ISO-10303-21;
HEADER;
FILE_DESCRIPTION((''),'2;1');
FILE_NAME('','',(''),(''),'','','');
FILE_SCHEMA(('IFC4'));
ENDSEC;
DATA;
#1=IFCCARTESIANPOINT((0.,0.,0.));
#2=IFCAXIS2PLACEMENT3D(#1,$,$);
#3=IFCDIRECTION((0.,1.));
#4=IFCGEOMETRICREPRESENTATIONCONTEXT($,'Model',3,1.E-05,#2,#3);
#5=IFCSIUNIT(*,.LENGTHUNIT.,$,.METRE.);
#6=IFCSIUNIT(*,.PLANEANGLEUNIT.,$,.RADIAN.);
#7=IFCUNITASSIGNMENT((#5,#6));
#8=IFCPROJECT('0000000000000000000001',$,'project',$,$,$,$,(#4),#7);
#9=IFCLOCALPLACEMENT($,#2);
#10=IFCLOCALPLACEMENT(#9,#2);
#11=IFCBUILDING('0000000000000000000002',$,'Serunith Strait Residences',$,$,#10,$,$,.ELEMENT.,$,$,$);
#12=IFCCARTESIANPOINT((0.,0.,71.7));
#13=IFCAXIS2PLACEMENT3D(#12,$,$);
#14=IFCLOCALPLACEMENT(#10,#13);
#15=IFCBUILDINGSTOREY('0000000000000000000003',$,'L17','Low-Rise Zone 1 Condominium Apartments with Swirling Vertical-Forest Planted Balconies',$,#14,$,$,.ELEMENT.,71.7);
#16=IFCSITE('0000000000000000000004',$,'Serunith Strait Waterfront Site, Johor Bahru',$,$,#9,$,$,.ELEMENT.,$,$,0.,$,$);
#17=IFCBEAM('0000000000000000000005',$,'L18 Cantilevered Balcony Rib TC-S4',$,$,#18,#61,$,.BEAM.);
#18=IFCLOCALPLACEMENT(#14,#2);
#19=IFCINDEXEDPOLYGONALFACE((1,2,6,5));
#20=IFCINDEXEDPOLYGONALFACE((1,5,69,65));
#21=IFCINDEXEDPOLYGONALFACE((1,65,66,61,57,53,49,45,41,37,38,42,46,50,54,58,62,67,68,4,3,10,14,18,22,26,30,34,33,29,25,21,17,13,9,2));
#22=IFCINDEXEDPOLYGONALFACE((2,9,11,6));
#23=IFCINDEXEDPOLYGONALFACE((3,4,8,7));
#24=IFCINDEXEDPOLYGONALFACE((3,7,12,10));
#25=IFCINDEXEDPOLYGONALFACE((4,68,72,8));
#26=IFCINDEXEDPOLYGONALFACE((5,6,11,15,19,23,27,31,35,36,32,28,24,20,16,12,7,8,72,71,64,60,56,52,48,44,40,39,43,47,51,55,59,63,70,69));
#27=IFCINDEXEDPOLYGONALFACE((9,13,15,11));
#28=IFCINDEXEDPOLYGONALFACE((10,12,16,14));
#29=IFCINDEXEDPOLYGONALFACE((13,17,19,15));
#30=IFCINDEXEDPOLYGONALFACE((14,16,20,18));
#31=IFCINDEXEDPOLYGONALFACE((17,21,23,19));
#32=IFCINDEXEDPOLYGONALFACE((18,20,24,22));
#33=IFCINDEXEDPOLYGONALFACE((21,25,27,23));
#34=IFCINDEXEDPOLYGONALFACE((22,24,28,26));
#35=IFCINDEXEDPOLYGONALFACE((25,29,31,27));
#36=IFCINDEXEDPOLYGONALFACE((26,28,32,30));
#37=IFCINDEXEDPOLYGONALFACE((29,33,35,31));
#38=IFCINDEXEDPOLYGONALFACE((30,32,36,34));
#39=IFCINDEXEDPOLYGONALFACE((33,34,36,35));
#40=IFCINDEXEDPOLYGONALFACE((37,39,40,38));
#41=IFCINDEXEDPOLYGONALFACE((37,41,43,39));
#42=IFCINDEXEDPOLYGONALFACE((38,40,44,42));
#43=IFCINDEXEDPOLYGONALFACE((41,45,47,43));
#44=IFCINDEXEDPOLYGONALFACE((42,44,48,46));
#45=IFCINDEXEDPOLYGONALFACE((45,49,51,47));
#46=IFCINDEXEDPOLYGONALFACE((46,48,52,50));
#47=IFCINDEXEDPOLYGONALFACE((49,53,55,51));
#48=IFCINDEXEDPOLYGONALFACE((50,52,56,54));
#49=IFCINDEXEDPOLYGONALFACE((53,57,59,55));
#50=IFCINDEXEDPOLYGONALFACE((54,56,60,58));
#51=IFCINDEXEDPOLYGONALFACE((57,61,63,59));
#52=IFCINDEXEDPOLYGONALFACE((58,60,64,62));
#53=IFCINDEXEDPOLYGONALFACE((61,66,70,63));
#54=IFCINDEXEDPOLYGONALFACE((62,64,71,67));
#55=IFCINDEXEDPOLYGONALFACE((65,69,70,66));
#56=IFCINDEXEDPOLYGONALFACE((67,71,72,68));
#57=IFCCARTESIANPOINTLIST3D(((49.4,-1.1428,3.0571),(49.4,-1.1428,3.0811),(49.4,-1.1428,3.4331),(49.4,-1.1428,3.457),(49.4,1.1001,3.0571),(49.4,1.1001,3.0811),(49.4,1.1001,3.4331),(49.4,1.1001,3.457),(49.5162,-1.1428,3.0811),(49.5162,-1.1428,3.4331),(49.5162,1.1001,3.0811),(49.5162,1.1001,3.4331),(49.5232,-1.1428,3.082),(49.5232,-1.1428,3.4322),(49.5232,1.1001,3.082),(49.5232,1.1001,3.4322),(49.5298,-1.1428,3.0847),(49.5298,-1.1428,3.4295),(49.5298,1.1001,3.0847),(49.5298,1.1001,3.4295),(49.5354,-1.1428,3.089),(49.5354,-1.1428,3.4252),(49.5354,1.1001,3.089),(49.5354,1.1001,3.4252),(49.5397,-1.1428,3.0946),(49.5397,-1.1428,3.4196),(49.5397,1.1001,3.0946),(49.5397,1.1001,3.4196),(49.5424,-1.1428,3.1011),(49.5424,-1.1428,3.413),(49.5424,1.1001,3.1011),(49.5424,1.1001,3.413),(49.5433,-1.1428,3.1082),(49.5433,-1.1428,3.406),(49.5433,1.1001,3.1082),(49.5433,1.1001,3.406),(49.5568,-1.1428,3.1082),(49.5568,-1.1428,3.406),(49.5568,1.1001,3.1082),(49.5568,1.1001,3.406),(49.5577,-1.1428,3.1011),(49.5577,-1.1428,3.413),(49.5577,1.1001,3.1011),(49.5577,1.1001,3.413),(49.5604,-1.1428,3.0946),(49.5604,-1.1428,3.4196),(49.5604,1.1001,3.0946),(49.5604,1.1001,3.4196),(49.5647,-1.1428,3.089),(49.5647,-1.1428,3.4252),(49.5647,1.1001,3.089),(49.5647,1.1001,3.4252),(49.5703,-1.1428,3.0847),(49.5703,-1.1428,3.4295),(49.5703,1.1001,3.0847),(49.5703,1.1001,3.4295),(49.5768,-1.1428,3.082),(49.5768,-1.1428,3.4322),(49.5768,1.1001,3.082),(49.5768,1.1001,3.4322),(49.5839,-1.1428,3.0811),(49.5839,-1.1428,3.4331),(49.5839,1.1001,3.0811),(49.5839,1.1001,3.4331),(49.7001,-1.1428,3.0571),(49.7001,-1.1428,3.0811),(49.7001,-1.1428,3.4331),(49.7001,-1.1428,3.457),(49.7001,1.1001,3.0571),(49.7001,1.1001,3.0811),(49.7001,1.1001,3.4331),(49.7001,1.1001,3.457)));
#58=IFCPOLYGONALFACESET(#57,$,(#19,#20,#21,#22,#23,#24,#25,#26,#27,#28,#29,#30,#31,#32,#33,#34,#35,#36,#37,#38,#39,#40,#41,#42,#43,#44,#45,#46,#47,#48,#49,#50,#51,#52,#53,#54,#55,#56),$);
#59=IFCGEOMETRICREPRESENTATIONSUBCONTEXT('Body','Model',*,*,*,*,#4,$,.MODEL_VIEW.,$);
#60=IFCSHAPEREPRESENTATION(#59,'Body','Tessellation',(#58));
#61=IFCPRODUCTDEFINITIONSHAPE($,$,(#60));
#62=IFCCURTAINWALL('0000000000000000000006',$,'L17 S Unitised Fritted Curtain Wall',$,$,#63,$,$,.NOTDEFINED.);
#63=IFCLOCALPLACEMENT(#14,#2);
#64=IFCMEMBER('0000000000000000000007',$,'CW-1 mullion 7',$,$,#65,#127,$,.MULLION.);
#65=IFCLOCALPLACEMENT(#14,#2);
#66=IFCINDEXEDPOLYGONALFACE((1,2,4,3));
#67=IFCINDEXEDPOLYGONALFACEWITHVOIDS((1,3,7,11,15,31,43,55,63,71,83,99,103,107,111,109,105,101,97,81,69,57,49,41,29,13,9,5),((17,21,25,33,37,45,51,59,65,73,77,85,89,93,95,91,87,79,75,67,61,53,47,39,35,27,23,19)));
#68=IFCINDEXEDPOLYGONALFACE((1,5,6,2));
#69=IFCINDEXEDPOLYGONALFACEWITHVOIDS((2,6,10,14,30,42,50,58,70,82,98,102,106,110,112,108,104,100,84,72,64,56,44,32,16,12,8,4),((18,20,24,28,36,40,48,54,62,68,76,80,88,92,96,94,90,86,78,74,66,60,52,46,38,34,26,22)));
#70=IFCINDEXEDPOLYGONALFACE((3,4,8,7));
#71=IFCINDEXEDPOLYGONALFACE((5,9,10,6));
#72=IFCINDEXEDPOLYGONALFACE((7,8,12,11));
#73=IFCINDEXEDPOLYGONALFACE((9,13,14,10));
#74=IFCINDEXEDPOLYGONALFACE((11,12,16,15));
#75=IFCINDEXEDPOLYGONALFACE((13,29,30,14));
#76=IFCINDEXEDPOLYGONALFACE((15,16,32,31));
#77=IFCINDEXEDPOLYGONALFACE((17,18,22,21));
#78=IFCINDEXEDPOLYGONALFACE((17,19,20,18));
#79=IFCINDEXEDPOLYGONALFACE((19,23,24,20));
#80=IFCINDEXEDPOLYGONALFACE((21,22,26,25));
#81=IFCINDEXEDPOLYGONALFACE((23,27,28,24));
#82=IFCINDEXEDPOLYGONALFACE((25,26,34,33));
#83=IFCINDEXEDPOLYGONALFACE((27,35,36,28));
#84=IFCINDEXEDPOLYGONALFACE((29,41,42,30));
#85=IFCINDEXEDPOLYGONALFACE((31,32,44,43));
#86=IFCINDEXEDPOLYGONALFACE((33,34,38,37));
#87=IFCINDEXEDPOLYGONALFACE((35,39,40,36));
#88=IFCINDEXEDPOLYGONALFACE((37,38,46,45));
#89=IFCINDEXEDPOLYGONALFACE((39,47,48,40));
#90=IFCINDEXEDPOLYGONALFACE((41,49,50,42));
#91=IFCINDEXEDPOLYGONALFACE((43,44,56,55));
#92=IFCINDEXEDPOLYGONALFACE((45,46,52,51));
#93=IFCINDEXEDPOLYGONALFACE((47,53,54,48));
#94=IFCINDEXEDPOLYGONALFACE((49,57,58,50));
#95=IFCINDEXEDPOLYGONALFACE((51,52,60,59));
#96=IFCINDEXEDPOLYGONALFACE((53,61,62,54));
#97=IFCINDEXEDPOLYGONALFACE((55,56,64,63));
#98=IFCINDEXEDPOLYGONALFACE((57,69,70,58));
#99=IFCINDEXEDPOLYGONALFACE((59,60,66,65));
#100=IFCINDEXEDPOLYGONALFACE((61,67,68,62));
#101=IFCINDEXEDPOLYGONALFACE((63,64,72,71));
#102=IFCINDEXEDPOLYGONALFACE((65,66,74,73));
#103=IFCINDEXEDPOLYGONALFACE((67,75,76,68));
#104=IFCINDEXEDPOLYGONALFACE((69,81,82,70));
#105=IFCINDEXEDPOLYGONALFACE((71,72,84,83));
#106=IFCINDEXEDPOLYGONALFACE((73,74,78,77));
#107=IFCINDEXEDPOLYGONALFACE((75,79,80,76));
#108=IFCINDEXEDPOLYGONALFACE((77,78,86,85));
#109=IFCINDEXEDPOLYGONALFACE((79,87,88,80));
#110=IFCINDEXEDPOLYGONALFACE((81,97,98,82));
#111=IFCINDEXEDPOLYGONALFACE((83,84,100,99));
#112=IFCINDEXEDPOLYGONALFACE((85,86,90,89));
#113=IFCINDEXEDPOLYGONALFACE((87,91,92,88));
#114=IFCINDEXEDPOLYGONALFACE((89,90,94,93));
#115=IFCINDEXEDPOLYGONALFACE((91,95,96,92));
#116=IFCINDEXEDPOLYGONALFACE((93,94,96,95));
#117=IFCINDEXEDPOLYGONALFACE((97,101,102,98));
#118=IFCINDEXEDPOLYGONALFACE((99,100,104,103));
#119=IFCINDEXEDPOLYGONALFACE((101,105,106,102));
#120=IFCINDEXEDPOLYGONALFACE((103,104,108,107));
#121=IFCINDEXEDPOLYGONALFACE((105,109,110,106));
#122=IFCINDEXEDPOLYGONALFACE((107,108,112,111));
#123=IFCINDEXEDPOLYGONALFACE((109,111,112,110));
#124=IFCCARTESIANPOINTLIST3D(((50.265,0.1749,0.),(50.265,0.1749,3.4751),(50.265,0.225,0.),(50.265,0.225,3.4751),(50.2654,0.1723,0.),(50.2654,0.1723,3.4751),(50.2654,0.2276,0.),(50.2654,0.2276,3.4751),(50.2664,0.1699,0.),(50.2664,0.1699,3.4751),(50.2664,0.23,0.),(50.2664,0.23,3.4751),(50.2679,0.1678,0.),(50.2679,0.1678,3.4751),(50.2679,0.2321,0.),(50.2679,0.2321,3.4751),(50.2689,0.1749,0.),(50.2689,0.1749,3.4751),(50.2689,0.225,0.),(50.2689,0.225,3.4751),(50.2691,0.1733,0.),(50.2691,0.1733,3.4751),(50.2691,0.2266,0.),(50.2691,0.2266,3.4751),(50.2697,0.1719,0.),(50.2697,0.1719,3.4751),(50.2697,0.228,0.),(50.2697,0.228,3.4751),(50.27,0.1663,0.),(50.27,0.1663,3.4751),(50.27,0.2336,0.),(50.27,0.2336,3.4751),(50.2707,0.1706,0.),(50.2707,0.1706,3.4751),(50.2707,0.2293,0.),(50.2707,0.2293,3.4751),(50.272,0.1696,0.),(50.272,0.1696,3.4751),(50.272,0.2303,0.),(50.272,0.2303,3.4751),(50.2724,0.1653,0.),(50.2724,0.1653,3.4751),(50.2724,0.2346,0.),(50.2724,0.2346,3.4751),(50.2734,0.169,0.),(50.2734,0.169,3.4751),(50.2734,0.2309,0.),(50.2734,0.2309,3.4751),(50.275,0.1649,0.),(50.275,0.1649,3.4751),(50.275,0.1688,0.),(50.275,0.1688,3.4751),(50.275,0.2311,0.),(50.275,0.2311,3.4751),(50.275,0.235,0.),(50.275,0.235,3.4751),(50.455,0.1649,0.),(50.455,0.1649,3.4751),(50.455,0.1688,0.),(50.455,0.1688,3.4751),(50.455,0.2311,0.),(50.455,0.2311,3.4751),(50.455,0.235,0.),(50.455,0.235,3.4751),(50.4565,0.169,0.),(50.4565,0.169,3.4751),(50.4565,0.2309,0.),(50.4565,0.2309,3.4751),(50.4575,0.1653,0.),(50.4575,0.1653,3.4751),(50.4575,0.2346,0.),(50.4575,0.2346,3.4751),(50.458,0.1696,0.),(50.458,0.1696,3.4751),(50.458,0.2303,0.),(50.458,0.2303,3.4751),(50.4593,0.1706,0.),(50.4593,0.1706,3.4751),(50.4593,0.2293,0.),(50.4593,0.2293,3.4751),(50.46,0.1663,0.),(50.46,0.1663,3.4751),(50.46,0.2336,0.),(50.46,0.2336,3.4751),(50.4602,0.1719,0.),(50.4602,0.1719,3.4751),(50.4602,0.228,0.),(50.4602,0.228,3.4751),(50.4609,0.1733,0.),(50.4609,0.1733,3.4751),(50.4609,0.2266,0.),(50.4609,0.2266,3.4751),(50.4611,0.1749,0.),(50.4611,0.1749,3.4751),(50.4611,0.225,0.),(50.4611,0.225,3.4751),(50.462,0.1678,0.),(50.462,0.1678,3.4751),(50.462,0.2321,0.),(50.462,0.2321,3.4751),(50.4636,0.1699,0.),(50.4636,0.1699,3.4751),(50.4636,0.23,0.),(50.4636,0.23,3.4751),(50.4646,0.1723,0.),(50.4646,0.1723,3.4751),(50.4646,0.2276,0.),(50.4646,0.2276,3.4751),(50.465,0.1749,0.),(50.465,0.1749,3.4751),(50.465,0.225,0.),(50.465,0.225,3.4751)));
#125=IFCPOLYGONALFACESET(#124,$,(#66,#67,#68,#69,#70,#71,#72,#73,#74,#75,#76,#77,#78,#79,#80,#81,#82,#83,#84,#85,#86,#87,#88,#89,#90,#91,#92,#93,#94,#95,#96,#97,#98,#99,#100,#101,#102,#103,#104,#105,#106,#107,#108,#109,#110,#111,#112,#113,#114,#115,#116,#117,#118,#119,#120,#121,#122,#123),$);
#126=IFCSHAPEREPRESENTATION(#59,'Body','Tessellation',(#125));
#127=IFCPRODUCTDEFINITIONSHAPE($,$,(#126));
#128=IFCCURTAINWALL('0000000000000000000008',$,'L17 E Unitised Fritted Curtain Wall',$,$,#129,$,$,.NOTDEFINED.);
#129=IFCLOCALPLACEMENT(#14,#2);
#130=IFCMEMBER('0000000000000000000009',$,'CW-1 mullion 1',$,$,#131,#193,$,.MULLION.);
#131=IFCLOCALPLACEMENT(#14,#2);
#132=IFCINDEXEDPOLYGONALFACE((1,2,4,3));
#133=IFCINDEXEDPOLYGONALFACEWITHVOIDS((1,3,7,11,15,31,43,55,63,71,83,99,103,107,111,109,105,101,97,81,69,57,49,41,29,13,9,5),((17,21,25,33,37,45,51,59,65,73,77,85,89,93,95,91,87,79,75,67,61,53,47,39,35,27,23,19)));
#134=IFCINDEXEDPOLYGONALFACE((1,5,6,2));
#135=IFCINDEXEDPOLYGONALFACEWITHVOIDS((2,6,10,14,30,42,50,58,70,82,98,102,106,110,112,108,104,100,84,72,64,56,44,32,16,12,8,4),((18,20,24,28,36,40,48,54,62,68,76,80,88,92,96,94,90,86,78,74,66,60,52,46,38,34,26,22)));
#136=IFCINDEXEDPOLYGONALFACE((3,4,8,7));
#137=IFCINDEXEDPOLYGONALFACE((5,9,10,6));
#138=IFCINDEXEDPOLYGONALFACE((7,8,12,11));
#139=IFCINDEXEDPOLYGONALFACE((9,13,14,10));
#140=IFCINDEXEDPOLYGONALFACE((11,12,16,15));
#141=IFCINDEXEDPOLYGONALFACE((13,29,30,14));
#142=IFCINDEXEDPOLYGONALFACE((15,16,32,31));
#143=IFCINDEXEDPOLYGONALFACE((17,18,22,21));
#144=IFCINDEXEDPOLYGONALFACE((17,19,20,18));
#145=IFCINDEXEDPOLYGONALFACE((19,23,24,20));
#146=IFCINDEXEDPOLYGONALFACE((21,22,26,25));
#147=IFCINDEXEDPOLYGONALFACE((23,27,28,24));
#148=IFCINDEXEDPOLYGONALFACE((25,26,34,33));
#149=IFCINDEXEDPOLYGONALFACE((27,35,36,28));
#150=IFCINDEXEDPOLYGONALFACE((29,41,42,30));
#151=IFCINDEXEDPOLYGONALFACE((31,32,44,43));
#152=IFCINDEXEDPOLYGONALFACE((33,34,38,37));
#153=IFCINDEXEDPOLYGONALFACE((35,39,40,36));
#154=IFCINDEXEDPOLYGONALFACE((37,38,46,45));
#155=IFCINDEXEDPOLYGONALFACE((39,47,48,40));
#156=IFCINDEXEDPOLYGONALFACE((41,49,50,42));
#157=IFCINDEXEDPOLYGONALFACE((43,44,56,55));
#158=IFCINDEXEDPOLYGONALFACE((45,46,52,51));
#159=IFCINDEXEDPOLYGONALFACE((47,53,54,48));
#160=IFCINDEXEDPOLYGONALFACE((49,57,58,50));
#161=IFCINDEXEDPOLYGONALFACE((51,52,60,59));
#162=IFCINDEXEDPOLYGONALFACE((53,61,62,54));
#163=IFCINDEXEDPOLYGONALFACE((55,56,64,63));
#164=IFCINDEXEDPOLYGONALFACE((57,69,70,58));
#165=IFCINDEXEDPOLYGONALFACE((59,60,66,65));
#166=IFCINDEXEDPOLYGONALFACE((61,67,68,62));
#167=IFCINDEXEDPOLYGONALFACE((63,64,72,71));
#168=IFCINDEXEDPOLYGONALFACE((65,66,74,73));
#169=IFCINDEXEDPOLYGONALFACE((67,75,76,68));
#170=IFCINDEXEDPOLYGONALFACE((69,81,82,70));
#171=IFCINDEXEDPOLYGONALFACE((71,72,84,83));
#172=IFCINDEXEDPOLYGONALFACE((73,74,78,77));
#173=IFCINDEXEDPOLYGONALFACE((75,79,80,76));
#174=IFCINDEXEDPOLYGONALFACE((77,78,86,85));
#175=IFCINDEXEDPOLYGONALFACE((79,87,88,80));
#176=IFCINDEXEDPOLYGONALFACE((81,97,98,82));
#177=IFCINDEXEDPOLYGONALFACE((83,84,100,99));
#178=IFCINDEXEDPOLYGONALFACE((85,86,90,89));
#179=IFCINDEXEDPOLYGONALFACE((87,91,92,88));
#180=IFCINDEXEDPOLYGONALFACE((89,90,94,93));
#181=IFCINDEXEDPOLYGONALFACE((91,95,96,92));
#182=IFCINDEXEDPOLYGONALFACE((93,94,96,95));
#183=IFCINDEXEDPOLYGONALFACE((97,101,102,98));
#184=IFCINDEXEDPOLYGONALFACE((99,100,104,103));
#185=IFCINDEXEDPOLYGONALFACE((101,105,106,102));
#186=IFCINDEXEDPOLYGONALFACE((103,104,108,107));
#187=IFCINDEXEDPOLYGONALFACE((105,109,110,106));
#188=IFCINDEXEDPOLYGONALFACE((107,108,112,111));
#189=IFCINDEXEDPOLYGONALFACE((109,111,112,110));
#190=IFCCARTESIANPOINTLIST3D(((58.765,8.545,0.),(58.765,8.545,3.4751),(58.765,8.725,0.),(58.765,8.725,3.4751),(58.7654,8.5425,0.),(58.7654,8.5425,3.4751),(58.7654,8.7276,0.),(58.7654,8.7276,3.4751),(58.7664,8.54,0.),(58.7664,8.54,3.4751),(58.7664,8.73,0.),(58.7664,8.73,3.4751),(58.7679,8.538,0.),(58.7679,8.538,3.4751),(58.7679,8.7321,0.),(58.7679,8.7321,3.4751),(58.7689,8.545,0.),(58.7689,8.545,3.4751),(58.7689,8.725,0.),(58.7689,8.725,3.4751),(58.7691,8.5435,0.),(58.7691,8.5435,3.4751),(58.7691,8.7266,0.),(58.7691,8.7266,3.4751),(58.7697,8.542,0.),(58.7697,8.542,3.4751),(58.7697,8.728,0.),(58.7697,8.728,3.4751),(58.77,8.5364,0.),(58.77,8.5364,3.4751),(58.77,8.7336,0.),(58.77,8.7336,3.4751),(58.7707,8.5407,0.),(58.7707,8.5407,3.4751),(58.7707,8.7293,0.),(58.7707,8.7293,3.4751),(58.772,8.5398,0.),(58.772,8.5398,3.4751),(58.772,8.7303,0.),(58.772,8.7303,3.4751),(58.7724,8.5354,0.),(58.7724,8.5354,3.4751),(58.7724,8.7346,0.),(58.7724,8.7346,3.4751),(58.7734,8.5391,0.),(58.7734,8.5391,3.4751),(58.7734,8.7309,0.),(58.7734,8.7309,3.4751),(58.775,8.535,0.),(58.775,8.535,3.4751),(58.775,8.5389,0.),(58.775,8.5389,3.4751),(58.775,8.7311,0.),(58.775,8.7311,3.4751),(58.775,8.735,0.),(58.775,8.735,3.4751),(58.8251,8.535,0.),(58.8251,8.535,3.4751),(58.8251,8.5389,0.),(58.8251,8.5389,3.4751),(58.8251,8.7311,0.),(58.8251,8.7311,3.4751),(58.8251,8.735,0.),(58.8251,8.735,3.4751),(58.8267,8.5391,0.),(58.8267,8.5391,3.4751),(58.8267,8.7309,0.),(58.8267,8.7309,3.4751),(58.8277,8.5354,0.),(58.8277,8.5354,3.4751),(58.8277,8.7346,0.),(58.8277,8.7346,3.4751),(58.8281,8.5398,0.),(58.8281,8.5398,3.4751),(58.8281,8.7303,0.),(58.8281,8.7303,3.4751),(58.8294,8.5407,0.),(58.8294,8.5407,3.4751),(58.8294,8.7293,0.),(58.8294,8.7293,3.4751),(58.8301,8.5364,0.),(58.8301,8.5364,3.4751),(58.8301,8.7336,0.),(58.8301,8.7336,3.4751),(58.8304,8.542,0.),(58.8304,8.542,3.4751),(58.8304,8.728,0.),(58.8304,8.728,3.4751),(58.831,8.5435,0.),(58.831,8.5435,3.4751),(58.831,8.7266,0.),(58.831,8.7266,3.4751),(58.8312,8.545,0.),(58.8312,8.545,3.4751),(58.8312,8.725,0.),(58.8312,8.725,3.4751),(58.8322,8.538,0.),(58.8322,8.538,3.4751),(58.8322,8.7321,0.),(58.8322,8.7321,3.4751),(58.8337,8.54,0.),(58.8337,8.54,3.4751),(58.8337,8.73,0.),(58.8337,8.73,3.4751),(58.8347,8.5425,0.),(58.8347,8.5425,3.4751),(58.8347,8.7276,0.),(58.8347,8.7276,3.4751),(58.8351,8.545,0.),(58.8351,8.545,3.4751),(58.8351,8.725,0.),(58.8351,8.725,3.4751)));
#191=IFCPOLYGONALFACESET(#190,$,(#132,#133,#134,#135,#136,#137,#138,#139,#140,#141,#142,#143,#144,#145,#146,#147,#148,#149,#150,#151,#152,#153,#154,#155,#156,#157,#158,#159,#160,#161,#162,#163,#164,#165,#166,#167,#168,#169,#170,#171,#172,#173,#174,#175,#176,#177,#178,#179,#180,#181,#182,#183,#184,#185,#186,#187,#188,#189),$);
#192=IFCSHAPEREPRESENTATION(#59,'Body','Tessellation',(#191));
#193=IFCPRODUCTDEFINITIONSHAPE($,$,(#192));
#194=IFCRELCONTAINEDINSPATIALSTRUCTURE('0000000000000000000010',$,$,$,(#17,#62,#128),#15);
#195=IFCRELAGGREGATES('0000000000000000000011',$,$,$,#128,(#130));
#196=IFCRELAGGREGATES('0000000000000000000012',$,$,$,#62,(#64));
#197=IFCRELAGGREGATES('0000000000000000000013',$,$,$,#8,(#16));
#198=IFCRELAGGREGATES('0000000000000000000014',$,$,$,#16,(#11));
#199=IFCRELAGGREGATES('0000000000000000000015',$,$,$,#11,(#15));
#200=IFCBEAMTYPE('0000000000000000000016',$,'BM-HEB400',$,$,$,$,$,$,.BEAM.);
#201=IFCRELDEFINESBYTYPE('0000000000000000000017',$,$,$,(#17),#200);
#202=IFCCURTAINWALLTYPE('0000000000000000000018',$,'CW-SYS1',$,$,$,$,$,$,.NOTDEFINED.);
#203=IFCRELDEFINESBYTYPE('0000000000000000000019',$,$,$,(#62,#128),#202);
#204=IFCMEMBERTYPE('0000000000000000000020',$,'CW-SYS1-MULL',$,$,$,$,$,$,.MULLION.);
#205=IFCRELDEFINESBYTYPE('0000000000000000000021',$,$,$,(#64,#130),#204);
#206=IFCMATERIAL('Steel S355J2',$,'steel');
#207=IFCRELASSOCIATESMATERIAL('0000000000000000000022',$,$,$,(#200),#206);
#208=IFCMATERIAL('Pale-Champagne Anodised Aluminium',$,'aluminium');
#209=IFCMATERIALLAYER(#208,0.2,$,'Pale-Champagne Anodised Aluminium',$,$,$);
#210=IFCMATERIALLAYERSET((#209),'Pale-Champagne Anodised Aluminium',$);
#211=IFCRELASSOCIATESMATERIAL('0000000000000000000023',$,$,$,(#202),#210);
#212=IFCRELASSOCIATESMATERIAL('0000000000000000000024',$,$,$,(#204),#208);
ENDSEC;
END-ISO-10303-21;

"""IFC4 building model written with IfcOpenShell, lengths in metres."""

from ifc_helpers import new_model, si_unit, direction, frame, origin, origin_2d, place, context, subcontext, project, spatial, hollow_rectangle, i_section, extrude, source, transform, mapped, material, layer, layer_set, material_profile, profile_set, type_object, element, aggregate, save


model = new_model("IFC4")

# Units and contexts
model_context = context("Model", 3, precision=1e-05, world=origin(), true_north=direction((0.0, 1.0)))
body_context = subcontext(model_context, "Body", "Model", "MODEL_VIEW")
ifc_project = project(units=[si_unit("LENGTHUNIT", "METRE"), si_unit("PLANEANGLEUNIT", "RADIAN")], contexts=[model_context])

# Site, building, storey
site_placement = place(None, origin())
site = spatial("IfcSite", under=ifc_project, at=site_placement, Name="Serunith Strait Waterfront Site, Johor Bahru", CompositionType="ELEMENT", RefElevation=0.0)
building_placement = place(site_placement, origin())
building = spatial("IfcBuilding", under=site, at=building_placement, Name="Serunith Strait Residences", CompositionType="ELEMENT")
storey_placement = place(building_placement, frame((0.0, 0.0, 71.7)))
storey = spatial("IfcBuildingStorey", under=building, at=storey_placement, Name="L17", Description="Low-Rise Zone 1 Condominium Apartments with Swirling Vertical-Forest Planted Balconies", CompositionType="ELEMENT", Elevation=71.7)

# Beam
ifc_material_1 = material(Name="Steel S355J2", Category="steel")
ifc_material_profile_1 = material_profile(ifc_material_1, i_section(OverallWidth=0.3, OverallDepth=0.3999, WebThickness=0.0134, FlangeThickness=0.0239, FilletRadius=0.0271, at=origin_2d()), Name="HEB 400")
ifc_profile_set_1 = profile_set([ifc_material_profile_1], Name="Steel S355J2")
beam_type_1 = type_object("IfcBeamType", Name="BM-HEB400", PredefinedType="BEAM", material=ifc_profile_set_1)
shared_shape_1 = source(origin(), body_context, "Body", "SweptSolid", [
    extrude(i_section(OverallWidth=0.3, OverallDepth=0.3999, WebThickness=0.0134, FlangeThickness=0.0239, FilletRadius=0.0271, at=origin_2d()), origin(), (0.0, 0.0, 1.0), 2.2429),
])
beam_1_placement = place(storey_placement, frame((49.55, 1.1001, 3.2571), z_axis=(0.0, -1.0, 0.0), x_axis=(1.0, 0.0, 0.0)))
element("IfcBeam", 1, at=beam_1_placement, inside=storey, type_object=beam_type_1, Name="L18 Cantilevered Balcony Rib TC-S4", PredefinedType="BEAM", context=body_context, shape_type="MappedRepresentation", body=[
    mapped(shared_shape_1, transform((0.0, 0.0, 0.0), scale=1.0)),
])

# Curtain wall, member
ifc_material_2 = material(Name="Pale-Champagne Anodised Aluminium", Category="aluminium")
ifc_layer_1 = layer(ifc_material_2, 0.2, Name="Pale-Champagne Anodised Aluminium")
ifc_layer_set_1 = layer_set([ifc_layer_1], Name="Pale-Champagne Anodised Aluminium")
curtain_wall_type = type_object("IfcCurtainWallType", Name="CW-SYS1", PredefinedType="NOTDEFINED", material=ifc_layer_set_1)
curtain_wall_1_placement = place(storey_placement, origin())
curtain_wall_1 = element("IfcCurtainWall", 2, at=curtain_wall_1_placement, inside=storey, type_object=curtain_wall_type, Name="L17 S Unitised Fritted Curtain Wall", PredefinedType="NOTDEFINED")
ifc_material_profile_2 = material_profile(ifc_material_2, hollow_rectangle(XDim=0.0701, YDim=0.2, WallThickness=0.0039, InnerFilletRadius=0.0061, OuterFilletRadius=0.01, at=origin_2d()), Name="ALU 200x70x4")
ifc_profile_set_2 = profile_set([ifc_material_profile_2], Name="Pale-Champagne Anodised Aluminium")
member_type_1 = type_object("IfcMemberType", Name="CW-SYS1-MULL", PredefinedType="MULLION", material=ifc_profile_set_2)
shared_shape_2 = source(origin(), body_context, "Body", "SweptSolid", [
    extrude(hollow_rectangle(XDim=0.0701, YDim=0.2, WallThickness=0.0039, InnerFilletRadius=0.0061, OuterFilletRadius=0.01, at=origin_2d()), origin(), (0.0, 0.0, 1.0), 3.4751),
])
member_1_placement = place(storey_placement, frame((50.365, 0.2, 0.0), z_axis=(0.0, 0.0, 1.0), x_axis=(0.0, 1.0, 0.0)))
member_1 = element("IfcMember", 3, at=member_1_placement, type_object=member_type_1, Name="CW-1 mullion 7", PredefinedType="MULLION", context=body_context, shape_type="MappedRepresentation", body=[
    mapped(shared_shape_2, transform((0.0, 0.0, 0.0), scale=1.0)),
])

# Curtain wall, member
curtain_wall_2_placement = place(storey_placement, origin())
curtain_wall_2 = element("IfcCurtainWall", 4, at=curtain_wall_2_placement, inside=storey, type_object=curtain_wall_type, Name="L17 E Unitised Fritted Curtain Wall", PredefinedType="NOTDEFINED")
member_2_placement = place(storey_placement, frame((58.8, 8.635, 0.0), z_axis=(0.0, 0.0, 1.0), x_axis=(-1.0, 0.0, 0.0)))
member_2 = element("IfcMember", 5, at=member_2_placement, type_object=member_type_1, Name="CW-1 mullion 1", PredefinedType="MULLION", context=body_context, shape_type="MappedRepresentation", body=[
    mapped(shared_shape_2, transform((0.0, 0.0, 0.0), scale=1.0)),
])
aggregate(curtain_wall_2, [member_2])

aggregate(curtain_wall_1, [member_1])

save(model, "model.ifc")
